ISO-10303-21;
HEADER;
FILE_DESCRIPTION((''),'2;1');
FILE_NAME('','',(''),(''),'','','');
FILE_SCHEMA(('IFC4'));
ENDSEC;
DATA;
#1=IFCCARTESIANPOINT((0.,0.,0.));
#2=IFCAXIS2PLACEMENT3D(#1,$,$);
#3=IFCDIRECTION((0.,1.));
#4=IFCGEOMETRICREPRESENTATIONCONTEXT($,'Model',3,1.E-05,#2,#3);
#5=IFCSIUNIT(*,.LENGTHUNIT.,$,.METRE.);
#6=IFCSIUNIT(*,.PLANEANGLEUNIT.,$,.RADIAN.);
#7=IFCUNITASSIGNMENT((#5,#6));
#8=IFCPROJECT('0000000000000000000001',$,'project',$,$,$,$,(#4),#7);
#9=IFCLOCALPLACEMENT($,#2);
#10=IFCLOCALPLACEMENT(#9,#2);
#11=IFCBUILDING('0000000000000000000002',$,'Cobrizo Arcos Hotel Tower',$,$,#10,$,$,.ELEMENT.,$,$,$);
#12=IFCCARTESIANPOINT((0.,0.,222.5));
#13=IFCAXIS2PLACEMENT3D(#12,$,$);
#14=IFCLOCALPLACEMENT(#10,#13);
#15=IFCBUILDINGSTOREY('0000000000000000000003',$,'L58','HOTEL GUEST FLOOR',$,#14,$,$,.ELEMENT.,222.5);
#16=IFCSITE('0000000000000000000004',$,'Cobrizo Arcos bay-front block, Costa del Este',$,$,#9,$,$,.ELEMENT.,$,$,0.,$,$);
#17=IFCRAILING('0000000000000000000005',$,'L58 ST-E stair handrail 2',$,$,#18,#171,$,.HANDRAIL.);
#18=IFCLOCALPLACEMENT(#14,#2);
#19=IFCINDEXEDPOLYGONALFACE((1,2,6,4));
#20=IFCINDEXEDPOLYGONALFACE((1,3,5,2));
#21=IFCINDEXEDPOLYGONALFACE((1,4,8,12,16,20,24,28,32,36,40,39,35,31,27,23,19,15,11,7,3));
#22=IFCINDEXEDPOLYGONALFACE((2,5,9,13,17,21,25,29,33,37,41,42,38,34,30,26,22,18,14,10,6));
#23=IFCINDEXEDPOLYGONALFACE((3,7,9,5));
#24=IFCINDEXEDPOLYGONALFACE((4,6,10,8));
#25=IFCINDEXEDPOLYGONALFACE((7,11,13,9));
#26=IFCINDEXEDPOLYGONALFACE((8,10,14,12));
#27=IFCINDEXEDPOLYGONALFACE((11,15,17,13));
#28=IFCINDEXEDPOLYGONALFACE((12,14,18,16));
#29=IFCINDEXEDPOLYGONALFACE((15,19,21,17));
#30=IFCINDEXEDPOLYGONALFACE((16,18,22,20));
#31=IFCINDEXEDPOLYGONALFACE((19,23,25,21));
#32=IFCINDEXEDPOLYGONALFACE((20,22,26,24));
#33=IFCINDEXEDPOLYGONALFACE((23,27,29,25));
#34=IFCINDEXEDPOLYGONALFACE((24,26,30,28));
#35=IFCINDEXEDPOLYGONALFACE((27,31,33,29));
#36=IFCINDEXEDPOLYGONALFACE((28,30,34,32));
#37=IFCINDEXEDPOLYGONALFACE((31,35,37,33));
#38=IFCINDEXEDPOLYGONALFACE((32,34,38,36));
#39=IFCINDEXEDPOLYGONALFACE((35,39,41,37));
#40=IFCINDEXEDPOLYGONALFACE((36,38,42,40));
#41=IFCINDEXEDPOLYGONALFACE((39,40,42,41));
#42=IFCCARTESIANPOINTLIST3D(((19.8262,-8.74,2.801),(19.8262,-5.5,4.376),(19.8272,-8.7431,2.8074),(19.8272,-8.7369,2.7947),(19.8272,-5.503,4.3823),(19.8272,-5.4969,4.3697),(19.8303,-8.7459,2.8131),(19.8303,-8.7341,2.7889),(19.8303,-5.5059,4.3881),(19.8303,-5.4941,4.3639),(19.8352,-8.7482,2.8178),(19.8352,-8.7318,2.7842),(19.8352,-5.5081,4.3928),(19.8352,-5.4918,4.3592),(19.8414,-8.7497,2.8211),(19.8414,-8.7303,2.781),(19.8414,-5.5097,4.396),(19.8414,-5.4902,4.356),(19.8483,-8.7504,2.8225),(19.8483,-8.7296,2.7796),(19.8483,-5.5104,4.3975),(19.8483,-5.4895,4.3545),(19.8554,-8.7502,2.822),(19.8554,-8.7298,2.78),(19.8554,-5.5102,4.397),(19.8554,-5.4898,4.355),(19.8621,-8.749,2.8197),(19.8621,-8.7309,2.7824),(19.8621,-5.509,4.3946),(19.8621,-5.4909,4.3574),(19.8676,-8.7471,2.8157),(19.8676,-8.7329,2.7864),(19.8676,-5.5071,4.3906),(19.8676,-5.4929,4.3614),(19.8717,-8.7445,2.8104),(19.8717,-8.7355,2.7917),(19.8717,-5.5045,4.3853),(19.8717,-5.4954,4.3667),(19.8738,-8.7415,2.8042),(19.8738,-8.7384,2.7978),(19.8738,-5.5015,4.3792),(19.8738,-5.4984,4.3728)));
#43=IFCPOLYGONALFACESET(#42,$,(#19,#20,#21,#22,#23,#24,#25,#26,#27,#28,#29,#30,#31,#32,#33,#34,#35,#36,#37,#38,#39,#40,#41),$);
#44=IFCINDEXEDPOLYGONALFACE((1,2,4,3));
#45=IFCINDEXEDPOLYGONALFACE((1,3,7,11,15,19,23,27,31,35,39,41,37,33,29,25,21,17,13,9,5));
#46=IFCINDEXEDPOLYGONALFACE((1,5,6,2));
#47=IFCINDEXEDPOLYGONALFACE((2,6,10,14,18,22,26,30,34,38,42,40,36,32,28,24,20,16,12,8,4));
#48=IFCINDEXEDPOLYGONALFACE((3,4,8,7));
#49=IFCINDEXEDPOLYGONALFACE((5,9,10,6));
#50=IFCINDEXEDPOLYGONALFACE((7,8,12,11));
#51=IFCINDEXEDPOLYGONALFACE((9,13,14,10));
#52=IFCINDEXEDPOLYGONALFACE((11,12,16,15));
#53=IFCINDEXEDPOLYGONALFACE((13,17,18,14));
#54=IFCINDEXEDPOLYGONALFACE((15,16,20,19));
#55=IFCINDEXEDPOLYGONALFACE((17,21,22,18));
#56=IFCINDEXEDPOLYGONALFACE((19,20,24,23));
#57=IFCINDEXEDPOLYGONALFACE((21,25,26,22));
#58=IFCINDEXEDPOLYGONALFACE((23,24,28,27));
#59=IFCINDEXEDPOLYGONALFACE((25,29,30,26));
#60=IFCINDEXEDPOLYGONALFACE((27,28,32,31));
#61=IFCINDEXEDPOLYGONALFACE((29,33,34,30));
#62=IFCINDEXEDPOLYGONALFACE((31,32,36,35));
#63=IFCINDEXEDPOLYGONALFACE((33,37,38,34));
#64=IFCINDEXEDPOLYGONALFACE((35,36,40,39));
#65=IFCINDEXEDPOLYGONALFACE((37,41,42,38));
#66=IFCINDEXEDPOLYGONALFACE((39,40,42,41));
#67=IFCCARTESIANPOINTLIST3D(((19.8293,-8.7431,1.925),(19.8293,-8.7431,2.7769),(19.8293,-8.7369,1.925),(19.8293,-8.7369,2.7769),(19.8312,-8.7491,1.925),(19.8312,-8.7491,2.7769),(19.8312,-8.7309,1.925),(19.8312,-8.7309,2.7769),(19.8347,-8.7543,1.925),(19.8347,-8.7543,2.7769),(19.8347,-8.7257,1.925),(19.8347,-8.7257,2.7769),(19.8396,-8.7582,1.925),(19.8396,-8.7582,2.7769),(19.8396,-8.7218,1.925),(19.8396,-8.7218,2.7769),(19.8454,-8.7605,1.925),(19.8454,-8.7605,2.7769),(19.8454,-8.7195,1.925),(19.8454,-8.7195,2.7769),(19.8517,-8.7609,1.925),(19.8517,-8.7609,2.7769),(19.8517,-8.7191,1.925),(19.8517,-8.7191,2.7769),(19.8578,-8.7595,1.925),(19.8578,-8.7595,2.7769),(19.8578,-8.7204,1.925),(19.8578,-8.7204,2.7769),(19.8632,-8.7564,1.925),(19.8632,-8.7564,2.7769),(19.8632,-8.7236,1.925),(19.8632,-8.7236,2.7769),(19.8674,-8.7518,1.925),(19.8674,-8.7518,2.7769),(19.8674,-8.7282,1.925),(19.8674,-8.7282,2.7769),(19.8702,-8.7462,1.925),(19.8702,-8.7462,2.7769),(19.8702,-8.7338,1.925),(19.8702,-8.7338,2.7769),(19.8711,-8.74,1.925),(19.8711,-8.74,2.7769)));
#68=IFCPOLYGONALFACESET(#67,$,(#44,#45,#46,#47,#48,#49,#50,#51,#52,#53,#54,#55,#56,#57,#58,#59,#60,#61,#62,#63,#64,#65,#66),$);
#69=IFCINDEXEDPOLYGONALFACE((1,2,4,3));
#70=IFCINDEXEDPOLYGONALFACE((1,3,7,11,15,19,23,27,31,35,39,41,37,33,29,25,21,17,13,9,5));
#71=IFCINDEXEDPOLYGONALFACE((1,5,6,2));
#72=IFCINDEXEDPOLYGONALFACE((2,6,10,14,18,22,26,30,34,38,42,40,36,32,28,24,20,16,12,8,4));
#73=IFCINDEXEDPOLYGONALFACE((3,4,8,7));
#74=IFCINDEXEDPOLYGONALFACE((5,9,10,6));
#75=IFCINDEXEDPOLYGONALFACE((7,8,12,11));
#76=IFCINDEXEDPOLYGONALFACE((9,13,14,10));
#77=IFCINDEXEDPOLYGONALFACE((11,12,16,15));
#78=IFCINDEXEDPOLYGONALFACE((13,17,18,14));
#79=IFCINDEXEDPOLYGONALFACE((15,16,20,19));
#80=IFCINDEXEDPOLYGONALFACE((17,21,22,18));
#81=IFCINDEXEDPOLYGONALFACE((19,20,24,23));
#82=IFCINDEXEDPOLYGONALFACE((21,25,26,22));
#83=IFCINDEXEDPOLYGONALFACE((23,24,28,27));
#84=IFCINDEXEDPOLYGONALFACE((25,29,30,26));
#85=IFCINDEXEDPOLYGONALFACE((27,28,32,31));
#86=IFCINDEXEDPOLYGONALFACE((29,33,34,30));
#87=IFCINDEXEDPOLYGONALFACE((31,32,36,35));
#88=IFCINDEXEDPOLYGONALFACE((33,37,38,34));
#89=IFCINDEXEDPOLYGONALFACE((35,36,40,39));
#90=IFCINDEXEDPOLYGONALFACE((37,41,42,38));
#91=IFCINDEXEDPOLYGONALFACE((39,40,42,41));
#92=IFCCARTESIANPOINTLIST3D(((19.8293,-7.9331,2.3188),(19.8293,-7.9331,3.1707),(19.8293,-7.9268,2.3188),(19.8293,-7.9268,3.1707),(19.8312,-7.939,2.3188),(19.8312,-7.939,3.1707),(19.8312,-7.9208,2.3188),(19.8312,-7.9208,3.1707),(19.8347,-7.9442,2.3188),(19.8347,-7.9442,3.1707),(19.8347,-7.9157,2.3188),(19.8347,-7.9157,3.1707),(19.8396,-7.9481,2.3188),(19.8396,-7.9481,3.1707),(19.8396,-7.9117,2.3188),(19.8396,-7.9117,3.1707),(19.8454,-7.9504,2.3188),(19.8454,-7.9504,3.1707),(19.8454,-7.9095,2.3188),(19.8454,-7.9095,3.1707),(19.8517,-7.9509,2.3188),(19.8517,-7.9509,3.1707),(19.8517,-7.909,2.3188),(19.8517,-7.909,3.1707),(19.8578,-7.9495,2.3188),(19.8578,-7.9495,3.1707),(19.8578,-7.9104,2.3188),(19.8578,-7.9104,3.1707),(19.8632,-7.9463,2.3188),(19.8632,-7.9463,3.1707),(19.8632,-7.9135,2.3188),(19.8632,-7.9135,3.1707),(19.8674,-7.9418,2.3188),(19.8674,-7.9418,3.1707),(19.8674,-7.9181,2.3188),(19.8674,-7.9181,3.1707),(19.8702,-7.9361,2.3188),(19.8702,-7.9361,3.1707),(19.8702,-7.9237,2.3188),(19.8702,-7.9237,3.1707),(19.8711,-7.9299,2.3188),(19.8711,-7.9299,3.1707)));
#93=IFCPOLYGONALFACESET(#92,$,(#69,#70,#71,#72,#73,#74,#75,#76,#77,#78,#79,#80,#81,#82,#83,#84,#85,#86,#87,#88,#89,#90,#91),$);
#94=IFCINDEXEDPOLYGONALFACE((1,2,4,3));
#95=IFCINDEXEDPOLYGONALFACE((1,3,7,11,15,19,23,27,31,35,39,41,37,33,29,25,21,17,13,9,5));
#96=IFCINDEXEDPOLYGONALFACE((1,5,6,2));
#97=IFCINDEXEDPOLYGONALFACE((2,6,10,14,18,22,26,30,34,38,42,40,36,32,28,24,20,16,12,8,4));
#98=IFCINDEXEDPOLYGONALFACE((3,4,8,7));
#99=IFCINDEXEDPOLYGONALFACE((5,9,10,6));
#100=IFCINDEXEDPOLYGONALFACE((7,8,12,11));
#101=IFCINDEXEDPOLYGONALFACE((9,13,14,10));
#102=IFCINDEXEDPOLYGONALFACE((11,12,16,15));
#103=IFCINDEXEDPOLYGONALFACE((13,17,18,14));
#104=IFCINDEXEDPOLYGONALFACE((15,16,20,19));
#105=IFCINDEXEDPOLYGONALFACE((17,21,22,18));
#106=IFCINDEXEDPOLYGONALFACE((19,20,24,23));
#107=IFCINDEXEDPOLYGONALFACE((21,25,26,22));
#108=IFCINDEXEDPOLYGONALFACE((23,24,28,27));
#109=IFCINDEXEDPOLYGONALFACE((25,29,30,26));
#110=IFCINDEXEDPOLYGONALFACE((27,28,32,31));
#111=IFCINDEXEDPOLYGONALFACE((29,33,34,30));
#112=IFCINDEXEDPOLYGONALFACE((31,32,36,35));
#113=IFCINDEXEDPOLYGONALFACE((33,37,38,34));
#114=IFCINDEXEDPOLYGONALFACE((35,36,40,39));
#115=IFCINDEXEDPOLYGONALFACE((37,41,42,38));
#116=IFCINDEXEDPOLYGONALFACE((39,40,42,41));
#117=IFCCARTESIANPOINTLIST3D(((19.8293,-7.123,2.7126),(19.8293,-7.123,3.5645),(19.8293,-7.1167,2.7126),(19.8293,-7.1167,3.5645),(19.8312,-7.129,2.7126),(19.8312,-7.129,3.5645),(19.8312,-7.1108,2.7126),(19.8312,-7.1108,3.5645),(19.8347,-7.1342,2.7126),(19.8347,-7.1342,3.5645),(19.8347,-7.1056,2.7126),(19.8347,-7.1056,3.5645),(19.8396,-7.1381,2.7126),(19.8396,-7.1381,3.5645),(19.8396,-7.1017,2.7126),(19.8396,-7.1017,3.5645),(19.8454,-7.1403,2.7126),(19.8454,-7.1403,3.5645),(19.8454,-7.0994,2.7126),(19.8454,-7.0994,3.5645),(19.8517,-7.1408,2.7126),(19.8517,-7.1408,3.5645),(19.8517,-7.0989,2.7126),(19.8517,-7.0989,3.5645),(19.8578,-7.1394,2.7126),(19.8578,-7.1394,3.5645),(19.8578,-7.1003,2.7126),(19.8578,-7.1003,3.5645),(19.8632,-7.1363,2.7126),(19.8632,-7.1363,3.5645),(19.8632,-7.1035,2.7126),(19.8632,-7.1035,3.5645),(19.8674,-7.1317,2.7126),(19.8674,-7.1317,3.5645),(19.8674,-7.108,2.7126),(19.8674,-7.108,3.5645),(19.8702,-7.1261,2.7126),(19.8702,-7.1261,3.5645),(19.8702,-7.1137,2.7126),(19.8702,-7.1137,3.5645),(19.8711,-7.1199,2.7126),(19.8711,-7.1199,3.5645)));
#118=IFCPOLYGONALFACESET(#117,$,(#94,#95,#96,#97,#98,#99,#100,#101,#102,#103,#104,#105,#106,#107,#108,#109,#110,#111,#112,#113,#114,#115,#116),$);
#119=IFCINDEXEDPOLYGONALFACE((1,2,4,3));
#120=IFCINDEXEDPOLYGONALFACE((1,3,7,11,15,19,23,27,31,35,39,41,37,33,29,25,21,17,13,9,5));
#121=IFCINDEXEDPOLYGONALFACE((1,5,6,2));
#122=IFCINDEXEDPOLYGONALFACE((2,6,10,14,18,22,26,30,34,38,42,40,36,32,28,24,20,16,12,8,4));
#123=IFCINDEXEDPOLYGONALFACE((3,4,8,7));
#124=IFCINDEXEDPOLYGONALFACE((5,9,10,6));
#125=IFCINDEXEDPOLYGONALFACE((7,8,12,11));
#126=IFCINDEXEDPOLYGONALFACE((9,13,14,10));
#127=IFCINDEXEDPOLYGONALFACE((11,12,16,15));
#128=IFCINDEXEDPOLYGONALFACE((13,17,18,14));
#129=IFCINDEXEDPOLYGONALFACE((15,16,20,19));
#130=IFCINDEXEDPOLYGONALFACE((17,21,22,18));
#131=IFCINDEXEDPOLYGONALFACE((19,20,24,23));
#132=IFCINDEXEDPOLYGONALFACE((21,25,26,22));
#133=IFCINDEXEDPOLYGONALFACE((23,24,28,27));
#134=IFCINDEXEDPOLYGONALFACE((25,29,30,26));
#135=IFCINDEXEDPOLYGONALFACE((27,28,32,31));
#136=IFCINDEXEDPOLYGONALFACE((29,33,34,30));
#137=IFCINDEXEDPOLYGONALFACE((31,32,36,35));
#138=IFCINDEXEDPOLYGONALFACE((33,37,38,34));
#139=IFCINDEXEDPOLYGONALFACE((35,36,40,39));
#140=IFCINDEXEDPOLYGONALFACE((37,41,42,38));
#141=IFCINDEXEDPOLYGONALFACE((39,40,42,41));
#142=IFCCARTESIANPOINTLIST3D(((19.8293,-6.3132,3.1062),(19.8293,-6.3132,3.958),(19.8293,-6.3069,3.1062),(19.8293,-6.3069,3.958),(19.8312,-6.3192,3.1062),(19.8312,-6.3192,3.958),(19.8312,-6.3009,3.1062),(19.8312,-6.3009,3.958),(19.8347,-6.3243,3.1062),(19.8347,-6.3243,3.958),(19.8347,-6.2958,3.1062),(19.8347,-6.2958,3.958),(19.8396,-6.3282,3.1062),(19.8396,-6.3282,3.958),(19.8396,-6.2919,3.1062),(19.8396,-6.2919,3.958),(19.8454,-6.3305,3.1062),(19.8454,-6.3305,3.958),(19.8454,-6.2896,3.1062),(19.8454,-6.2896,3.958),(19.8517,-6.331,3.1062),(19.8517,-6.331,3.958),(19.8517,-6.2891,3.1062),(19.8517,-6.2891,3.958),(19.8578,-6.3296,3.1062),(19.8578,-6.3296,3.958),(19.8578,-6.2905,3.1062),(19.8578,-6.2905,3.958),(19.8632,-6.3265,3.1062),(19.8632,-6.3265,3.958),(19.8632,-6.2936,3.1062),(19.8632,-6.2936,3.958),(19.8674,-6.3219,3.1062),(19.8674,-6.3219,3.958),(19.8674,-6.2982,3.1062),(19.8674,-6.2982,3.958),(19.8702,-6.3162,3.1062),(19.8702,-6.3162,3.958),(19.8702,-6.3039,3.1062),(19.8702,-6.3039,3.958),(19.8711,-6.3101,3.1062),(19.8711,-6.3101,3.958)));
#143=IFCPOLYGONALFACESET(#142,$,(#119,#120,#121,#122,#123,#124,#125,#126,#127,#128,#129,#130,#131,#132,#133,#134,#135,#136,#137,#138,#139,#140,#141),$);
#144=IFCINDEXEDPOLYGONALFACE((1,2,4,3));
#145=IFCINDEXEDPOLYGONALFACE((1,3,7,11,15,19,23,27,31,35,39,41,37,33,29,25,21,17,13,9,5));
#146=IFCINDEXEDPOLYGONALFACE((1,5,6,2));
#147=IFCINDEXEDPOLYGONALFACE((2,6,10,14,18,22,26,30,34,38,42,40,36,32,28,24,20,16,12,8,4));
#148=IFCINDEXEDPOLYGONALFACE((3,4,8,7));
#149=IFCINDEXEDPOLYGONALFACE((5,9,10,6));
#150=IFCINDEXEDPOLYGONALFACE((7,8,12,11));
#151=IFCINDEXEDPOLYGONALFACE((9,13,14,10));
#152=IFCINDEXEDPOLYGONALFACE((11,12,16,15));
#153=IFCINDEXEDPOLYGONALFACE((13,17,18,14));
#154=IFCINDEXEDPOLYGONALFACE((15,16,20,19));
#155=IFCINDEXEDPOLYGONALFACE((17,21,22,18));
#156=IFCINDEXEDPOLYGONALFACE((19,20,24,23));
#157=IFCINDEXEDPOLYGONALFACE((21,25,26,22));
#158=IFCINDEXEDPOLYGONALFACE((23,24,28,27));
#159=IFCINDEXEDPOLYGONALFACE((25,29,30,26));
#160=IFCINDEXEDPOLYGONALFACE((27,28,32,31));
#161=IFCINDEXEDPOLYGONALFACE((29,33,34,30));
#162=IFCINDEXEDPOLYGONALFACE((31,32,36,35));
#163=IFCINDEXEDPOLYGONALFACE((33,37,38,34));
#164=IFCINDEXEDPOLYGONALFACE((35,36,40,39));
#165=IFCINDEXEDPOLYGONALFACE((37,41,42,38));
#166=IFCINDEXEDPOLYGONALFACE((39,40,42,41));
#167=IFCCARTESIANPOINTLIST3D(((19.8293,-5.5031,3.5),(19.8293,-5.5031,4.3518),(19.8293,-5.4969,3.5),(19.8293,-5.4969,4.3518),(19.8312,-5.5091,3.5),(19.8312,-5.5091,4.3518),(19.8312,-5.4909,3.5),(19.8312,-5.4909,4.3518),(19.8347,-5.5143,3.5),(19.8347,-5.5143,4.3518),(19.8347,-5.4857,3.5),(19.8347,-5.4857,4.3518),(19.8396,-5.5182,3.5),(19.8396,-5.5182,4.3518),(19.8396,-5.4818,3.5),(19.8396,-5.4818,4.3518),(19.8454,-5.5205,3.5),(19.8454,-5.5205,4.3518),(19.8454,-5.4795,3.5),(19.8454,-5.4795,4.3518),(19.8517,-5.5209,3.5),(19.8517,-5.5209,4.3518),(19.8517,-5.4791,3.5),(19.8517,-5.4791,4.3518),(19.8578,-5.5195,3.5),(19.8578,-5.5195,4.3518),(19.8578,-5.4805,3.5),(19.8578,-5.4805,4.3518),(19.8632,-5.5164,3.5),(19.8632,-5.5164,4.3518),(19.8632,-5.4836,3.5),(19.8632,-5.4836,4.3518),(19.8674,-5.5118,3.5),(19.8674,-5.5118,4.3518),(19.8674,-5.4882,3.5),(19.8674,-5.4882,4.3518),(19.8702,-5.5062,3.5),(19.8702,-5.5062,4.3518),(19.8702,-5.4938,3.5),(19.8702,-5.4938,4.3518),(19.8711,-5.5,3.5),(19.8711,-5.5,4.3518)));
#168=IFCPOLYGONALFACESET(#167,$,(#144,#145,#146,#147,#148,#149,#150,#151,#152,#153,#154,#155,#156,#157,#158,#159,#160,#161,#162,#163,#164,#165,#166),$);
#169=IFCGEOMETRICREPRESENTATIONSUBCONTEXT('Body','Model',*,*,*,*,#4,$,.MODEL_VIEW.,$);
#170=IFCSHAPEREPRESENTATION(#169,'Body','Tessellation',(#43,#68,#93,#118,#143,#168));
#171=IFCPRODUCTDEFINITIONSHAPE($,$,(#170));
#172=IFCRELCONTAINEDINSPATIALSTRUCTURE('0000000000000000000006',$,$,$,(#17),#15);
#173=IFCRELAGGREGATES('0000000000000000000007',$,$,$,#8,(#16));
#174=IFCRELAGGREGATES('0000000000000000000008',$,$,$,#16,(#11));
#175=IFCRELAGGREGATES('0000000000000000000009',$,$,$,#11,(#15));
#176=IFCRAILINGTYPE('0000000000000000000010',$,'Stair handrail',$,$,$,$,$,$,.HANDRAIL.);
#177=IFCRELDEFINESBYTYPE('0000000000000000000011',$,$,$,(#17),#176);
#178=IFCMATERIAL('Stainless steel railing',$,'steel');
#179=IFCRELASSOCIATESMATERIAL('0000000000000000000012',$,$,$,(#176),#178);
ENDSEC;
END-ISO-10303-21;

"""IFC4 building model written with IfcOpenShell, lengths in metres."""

from ifc_helpers import new_model, si_unit, direction, frame, origin, origin_2d, place, context, subcontext, project, spatial, circle, extrude, material, type_object, element, save


model = new_model("IFC4")

# Units and contexts
model_context = context("Model", 3, precision=1e-05, world=origin(), true_north=direction((0.0, 1.0)))
body_context = subcontext(model_context, "Body", "Model", "MODEL_VIEW")
ifc_project = project(units=[si_unit("LENGTHUNIT", "METRE"), si_unit("PLANEANGLEUNIT", "RADIAN")], contexts=[model_context])

# Site, building, storey
site_placement = place(None, origin())
site = spatial("IfcSite", under=ifc_project, at=site_placement, Name="Cobrizo Arcos bay-front block, Costa del Este", CompositionType="ELEMENT", RefElevation=0.0)
building_placement = place(site_placement, origin())
building = spatial("IfcBuilding", under=site, at=building_placement, Name="Cobrizo Arcos Hotel Tower", CompositionType="ELEMENT")
storey_placement = place(building_placement, frame((0.0, 0.0, 222.5)))
storey = spatial("IfcBuildingStorey", under=building, at=storey_placement, Name="L58", Description="HOTEL GUEST FLOOR", CompositionType="ELEMENT", Elevation=222.5)

# Railing
ifc_material_1 = material(Name="Stainless steel railing", Category="steel")
railing_type_1 = type_object("IfcRailingType", Name="Stair handrail", PredefinedType="HANDRAIL", material=ifc_material_1)
railing_1_placement = place(storey_placement, frame((19.8501, -8.74, 1.925)))
element("IfcRailing", 1, at=railing_1_placement, inside=storey, type_object=railing_type_1, Name="L58 ST-E stair handrail 2", PredefinedType="HANDRAIL", context=body_context, shape_type="SweptSolid", body=[
    extrude(circle(Radius=0.0239, at=origin_2d()), frame((0.0, 0.0, 0.876), z_axis=(0.0, 0.899373, 0.437183), x_axis=(-1.0, 0.0, 0.0)), (0.0, 0.0, 1.0), 3.6025),
    extrude(circle(Radius=0.021, at=origin_2d()), origin(), (0.0, 0.0, 1.0), 0.8518),
    extrude(circle(Radius=0.021, at=origin_2d()), frame((0.0, 0.8101, 0.3938)), (0.0, 0.0, 1.0), 0.8518),
    extrude(circle(Radius=0.021, at=origin_2d()), frame((0.0, 1.6201, 0.7876)), (0.0, 0.0, 1.0), 0.8518),
    extrude(circle(Radius=0.021, at=origin_2d()), frame((0.0, 2.4299, 1.1812)), (0.0, 0.0, 1.0), 0.8518),
    extrude(circle(Radius=0.021, at=origin_2d()), frame((0.0, 3.24, 1.575)), (0.0, 0.0, 1.0), 0.8518),
])

save(model, "model.ifc")
